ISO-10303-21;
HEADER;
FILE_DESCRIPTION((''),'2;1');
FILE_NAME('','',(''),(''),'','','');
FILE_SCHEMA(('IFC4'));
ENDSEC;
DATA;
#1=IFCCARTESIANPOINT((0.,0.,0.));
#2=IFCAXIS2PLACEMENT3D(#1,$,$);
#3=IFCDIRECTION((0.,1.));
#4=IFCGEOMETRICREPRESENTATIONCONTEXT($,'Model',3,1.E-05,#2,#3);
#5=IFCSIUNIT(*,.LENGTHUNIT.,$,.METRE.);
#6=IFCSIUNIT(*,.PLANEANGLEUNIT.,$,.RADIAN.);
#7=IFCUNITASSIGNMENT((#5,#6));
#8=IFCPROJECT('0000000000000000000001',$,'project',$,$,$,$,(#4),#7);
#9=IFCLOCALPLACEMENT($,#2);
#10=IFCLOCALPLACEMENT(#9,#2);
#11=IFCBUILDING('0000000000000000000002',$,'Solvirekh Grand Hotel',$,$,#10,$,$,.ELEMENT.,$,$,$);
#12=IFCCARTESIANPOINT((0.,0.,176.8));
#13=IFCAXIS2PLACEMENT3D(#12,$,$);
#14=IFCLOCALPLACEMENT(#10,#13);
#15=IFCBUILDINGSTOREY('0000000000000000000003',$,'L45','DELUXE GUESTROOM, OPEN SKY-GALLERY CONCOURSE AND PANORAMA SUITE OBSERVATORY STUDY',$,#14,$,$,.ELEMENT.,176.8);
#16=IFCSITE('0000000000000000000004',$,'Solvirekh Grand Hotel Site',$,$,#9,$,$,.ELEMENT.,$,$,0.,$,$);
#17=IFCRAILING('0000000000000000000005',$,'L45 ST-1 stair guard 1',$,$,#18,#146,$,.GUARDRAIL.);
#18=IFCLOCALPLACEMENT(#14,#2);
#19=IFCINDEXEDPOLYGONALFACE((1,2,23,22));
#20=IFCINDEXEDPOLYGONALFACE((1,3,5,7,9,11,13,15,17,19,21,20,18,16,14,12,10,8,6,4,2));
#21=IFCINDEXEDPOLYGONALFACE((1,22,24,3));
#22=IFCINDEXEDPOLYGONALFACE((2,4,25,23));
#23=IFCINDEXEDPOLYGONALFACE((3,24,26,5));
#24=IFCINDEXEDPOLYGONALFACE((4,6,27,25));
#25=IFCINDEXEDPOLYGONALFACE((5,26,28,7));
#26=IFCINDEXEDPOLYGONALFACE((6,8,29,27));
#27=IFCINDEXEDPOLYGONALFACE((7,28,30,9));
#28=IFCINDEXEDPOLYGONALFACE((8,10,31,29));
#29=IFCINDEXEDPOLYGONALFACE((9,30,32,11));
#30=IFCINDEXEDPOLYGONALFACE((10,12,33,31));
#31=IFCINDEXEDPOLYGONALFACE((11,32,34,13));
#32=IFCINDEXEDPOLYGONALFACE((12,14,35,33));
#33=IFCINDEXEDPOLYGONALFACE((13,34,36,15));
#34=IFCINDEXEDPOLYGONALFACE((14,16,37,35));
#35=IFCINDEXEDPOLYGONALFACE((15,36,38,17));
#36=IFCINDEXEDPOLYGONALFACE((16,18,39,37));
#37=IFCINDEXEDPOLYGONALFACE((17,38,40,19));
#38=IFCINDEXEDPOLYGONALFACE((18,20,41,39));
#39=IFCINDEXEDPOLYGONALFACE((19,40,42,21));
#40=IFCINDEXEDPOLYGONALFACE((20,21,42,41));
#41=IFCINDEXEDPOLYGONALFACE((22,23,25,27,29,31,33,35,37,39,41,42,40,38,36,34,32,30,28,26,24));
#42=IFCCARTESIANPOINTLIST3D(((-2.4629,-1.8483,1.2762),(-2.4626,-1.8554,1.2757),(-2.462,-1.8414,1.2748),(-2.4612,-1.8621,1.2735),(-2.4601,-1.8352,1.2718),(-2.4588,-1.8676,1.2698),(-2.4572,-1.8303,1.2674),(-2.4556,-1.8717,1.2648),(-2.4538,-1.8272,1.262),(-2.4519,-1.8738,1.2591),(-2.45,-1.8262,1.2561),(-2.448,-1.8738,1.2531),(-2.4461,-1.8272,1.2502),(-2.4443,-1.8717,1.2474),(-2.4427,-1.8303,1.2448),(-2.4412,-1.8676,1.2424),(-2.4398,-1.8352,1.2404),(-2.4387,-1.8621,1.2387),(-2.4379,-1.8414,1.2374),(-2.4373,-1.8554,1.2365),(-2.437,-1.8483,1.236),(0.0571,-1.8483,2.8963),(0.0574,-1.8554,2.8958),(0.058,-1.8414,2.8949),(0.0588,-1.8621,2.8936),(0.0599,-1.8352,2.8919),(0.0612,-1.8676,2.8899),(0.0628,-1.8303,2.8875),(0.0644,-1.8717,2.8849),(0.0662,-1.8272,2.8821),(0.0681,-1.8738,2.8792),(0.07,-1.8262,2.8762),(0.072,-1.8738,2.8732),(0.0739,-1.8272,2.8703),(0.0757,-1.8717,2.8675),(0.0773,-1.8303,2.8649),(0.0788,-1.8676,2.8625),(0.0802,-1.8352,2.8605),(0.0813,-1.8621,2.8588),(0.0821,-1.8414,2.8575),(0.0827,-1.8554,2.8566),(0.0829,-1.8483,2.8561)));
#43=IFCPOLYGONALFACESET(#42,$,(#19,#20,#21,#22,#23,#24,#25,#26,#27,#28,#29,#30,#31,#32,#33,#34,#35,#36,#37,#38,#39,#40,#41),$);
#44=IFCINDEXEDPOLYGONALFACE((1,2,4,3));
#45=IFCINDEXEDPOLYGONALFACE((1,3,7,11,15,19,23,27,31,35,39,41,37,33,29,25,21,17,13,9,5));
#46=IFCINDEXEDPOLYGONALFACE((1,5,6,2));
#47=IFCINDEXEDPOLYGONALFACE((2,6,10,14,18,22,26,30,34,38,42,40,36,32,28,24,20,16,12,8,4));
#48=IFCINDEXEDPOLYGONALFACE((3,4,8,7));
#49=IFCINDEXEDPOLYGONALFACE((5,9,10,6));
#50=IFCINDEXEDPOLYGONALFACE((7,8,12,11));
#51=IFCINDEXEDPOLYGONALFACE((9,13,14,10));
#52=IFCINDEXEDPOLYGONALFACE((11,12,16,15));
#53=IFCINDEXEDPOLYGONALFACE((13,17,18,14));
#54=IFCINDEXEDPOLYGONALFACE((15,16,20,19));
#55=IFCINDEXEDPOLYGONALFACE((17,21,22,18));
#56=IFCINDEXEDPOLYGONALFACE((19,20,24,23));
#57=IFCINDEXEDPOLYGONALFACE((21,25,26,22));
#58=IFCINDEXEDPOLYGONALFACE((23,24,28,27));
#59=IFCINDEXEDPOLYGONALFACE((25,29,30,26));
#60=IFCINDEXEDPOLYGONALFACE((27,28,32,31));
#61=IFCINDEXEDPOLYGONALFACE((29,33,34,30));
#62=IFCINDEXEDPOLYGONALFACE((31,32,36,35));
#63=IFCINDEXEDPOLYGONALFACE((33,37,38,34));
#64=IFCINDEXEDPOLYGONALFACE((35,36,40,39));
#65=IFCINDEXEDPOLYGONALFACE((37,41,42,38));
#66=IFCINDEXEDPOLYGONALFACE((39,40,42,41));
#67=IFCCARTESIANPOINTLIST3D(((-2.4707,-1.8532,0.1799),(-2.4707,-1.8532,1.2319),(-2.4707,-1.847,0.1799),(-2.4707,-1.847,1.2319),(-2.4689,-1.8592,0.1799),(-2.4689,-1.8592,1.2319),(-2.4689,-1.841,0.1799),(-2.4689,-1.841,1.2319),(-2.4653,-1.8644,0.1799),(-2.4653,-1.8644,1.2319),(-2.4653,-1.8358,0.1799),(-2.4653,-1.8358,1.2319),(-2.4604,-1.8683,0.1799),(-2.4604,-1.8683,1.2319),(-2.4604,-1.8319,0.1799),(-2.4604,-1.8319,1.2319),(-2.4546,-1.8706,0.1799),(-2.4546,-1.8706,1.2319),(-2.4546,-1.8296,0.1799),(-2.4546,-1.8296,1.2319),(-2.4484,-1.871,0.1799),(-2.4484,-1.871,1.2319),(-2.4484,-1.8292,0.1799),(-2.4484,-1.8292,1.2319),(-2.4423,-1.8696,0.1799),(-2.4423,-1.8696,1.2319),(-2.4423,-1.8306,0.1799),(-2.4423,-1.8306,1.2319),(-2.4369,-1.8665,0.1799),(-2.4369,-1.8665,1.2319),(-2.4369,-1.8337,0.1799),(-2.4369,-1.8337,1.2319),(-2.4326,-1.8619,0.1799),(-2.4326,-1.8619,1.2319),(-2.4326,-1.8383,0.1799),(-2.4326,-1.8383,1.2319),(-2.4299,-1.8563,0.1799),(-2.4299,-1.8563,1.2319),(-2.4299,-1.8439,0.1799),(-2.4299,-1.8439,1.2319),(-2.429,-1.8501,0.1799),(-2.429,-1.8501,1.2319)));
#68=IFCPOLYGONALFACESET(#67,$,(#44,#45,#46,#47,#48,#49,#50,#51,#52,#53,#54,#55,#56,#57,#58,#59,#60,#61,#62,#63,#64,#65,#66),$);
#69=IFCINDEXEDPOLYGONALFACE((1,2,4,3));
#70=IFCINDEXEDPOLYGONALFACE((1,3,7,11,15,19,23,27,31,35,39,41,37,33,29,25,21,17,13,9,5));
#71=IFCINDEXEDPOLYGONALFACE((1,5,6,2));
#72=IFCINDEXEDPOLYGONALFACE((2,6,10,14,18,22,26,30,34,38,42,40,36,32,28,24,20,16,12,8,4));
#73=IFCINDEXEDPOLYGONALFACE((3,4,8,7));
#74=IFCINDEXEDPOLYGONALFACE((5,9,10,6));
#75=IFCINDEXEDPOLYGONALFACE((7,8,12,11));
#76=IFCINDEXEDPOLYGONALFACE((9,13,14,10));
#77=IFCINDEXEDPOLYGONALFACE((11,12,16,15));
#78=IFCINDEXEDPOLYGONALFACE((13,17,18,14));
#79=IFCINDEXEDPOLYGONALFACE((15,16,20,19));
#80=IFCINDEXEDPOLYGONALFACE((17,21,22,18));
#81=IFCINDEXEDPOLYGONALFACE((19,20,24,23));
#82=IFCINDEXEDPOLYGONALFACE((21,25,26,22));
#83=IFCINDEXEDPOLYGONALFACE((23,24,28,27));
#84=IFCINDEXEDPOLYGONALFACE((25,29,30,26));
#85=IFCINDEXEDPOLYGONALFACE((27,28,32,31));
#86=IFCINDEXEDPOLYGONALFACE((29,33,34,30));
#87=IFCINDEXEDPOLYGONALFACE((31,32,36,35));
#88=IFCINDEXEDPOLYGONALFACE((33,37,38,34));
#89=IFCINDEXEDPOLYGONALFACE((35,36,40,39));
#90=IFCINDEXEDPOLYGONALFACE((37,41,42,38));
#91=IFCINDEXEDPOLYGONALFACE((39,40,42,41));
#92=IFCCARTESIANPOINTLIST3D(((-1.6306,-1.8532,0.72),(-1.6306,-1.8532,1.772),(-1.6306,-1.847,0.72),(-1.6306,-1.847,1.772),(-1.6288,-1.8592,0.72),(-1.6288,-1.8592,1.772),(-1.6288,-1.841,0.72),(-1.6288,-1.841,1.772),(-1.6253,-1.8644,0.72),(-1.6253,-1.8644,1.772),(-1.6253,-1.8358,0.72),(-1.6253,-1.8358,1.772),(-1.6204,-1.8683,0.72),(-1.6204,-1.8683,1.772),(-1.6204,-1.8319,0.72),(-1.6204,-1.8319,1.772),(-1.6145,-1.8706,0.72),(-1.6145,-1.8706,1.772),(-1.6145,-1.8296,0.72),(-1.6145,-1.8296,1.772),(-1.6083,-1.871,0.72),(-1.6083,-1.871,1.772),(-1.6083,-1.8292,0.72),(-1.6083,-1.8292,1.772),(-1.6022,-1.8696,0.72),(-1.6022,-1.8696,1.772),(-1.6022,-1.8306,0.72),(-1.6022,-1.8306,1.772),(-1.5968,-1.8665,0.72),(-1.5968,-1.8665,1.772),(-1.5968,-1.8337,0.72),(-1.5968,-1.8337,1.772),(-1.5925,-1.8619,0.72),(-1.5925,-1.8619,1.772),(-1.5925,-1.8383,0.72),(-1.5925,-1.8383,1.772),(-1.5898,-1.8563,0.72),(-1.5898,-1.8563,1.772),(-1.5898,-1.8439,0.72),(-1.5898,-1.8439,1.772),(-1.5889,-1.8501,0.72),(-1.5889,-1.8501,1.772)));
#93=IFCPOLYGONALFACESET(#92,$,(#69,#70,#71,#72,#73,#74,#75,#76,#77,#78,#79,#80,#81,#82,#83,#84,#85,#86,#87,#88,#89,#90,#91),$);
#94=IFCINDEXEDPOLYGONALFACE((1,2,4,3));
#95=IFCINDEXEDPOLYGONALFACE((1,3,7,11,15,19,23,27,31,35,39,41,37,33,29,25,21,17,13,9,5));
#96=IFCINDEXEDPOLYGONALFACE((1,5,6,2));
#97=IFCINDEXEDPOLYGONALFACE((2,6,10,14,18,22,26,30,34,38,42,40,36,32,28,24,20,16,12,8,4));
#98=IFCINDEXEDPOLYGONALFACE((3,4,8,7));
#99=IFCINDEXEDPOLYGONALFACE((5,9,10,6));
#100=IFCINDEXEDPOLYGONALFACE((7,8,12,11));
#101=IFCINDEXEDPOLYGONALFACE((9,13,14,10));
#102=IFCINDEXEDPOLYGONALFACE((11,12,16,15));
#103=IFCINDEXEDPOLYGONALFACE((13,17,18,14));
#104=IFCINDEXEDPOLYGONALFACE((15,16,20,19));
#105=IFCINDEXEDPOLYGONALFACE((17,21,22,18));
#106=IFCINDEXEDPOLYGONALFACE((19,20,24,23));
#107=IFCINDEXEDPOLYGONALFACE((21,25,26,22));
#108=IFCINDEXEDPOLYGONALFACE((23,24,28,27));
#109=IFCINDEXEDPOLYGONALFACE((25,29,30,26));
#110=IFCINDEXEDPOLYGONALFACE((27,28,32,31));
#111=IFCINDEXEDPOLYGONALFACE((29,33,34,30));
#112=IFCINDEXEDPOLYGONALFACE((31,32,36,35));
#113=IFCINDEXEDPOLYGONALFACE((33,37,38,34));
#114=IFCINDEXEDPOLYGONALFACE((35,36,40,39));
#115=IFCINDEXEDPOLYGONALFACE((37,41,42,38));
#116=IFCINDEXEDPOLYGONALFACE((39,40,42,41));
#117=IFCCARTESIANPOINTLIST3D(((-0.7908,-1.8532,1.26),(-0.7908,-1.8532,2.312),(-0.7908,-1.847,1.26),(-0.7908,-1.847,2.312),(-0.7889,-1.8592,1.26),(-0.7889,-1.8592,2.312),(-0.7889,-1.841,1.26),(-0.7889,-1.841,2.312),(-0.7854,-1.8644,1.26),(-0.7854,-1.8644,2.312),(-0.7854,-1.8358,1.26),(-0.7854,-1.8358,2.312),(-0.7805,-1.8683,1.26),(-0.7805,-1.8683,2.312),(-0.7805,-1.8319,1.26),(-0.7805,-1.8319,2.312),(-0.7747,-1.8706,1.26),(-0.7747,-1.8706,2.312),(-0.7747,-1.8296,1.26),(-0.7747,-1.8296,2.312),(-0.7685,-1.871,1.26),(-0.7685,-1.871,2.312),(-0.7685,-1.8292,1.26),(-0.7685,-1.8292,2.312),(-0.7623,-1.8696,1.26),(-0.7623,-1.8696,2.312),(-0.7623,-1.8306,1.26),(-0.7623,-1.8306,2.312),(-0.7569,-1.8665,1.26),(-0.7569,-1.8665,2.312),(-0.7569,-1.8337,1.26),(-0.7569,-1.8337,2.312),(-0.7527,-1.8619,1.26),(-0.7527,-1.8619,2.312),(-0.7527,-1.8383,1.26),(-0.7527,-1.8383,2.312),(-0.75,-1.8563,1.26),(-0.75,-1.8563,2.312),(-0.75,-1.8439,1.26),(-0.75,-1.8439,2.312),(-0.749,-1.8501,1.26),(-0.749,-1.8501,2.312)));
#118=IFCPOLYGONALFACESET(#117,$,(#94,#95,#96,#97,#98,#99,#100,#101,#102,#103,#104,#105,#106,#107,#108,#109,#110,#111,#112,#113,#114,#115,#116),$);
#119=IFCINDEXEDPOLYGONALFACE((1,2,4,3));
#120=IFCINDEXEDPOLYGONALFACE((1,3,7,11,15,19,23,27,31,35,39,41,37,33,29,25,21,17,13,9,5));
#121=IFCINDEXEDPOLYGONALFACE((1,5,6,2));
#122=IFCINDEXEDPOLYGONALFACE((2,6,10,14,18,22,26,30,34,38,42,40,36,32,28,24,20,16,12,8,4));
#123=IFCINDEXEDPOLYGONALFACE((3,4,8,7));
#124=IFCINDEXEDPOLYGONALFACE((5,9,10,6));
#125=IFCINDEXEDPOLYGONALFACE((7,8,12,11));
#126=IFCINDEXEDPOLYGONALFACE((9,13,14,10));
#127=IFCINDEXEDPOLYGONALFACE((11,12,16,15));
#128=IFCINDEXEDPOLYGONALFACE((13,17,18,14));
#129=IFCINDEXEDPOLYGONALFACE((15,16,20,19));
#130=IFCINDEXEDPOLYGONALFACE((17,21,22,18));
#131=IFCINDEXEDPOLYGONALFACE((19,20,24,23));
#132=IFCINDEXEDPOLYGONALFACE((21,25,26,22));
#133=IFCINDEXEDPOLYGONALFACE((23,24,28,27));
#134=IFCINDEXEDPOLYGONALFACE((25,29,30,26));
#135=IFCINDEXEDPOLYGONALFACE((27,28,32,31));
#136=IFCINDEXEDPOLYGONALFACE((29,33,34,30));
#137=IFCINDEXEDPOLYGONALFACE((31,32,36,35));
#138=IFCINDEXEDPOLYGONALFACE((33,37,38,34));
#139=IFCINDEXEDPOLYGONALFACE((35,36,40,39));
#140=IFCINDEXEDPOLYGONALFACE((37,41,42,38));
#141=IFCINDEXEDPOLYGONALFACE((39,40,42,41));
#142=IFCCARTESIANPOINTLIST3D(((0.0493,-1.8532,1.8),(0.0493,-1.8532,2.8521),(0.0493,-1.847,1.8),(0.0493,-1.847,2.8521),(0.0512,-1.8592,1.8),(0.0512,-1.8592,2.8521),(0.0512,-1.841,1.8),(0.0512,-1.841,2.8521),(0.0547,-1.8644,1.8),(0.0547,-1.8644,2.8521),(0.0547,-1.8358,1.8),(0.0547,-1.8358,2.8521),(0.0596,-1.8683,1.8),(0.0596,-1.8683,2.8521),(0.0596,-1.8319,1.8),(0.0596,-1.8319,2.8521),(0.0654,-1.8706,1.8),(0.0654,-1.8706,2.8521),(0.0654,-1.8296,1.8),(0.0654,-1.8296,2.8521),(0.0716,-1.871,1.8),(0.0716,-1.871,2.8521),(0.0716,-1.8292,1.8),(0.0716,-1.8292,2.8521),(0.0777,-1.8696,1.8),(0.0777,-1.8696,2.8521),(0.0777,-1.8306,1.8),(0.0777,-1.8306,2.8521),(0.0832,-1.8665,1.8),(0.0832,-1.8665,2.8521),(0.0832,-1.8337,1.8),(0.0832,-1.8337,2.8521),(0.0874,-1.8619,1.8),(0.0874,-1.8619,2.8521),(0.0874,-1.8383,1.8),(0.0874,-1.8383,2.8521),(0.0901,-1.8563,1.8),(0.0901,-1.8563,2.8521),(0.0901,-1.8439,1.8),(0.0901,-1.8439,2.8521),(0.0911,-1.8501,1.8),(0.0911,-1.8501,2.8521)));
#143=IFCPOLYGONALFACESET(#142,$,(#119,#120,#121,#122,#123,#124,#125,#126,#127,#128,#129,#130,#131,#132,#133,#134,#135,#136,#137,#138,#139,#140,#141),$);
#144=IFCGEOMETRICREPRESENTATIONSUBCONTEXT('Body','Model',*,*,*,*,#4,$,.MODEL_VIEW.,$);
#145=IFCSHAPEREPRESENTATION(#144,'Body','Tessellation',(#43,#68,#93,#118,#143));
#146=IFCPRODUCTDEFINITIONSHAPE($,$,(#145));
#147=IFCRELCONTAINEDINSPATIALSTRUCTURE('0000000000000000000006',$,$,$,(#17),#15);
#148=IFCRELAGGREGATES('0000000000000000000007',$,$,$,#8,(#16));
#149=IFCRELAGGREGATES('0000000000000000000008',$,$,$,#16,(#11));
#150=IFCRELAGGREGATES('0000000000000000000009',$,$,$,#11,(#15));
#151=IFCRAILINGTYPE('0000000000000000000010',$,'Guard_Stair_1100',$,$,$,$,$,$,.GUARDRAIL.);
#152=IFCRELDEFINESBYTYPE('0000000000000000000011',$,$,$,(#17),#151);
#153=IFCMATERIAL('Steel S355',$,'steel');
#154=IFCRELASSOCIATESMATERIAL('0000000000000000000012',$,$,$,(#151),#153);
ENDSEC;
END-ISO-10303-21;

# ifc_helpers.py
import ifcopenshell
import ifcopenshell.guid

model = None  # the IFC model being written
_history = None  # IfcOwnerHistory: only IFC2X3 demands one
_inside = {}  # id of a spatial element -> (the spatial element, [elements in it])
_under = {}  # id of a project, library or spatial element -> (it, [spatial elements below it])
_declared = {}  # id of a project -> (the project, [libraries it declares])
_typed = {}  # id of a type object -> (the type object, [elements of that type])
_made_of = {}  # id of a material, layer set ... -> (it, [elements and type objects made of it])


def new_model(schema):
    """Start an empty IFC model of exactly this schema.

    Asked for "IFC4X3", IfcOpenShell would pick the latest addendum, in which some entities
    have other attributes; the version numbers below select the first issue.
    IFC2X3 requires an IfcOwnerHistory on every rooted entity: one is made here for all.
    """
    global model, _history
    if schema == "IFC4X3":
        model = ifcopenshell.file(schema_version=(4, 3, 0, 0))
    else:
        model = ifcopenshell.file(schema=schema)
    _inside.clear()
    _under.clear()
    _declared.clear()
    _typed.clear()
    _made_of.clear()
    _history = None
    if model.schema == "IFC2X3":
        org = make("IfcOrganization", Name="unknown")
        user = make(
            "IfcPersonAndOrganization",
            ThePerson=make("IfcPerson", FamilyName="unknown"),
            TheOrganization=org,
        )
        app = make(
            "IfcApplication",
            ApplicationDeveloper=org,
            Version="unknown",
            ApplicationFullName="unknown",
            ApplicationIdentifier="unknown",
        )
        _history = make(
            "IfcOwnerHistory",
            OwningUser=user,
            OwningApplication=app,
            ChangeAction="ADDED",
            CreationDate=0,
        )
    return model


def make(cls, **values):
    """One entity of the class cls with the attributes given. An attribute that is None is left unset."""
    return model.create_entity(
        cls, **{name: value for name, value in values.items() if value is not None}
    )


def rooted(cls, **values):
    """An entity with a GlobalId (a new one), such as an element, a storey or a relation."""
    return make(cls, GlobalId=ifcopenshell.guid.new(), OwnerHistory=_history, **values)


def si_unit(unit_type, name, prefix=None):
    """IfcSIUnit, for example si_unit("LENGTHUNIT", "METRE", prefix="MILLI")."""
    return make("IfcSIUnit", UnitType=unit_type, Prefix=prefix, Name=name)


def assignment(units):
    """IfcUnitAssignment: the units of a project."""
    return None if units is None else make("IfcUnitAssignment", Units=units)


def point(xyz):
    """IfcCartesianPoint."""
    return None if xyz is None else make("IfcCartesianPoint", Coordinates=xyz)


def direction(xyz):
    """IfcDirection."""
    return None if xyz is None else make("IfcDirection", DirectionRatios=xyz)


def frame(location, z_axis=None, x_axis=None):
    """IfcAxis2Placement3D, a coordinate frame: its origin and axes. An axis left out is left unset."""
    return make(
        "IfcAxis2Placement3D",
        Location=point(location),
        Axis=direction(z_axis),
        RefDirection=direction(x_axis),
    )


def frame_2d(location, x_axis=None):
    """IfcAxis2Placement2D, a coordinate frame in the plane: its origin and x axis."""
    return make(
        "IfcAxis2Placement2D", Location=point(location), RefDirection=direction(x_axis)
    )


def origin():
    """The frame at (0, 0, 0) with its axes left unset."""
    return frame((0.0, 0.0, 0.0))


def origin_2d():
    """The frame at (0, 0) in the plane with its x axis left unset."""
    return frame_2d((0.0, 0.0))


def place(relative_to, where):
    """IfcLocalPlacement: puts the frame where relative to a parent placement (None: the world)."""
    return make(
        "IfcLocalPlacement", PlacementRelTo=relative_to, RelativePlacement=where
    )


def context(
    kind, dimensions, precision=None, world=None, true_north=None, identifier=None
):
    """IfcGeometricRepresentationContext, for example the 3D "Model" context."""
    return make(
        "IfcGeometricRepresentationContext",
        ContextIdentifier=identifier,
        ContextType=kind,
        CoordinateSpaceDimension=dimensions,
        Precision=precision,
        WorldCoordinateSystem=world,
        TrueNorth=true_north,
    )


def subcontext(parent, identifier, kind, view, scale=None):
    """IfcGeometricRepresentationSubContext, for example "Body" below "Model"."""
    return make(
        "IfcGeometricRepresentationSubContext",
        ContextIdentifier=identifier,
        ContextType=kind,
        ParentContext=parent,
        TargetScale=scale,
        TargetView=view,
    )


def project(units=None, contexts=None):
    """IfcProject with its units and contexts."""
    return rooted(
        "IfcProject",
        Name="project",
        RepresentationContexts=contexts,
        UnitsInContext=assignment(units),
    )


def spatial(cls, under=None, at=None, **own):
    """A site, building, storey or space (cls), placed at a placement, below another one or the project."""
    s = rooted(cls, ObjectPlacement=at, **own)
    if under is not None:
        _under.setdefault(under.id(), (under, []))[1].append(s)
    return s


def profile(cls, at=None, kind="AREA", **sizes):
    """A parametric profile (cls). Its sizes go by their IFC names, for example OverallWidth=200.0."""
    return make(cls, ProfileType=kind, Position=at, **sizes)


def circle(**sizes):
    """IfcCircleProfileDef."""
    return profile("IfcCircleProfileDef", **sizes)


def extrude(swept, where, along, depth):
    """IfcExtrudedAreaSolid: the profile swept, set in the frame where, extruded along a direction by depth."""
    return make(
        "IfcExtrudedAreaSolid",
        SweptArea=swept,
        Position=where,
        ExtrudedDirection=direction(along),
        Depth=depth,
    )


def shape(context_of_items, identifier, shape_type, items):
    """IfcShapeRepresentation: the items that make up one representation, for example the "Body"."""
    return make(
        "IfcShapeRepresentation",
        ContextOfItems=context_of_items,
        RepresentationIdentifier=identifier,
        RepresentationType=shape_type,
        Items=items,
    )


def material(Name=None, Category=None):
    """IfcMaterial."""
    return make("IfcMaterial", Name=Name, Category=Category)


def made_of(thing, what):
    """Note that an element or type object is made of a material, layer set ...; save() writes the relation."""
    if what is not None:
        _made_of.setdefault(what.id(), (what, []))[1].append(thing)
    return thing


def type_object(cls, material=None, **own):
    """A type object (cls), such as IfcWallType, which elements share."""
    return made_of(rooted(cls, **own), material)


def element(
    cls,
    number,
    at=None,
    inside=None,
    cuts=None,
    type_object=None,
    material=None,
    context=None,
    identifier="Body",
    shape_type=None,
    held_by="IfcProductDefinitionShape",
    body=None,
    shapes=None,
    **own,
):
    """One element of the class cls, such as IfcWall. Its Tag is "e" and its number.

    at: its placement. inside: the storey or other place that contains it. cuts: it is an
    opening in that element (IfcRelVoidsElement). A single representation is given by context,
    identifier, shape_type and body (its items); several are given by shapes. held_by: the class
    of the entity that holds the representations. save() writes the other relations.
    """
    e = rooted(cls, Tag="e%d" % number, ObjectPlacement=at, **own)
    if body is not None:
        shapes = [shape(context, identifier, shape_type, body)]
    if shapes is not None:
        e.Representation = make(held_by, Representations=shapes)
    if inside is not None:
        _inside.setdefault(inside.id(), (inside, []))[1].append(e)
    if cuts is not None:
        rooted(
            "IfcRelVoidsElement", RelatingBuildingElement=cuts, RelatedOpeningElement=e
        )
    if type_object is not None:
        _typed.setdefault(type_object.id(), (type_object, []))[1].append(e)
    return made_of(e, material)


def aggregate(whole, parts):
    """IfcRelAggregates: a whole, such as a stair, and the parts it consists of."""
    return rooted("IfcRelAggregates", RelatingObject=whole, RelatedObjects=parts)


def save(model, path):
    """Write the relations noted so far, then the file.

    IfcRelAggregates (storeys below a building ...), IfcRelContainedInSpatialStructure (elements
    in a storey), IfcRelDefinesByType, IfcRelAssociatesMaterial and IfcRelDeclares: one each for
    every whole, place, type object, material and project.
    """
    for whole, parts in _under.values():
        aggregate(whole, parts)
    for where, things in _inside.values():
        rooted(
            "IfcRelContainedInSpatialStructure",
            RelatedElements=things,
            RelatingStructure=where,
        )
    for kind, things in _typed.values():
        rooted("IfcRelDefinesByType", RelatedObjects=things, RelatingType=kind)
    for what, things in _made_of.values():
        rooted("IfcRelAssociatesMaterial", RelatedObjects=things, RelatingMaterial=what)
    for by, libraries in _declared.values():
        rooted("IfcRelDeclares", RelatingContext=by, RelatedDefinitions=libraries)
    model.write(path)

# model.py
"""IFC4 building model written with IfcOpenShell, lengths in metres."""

from ifc_helpers import new_model, si_unit, direction, frame, origin, origin_2d, place, context, subcontext, project, spatial, circle, extrude, material, type_object, element, save


model = new_model("IFC4")

# Units and contexts
model_context = context("Model", 3, precision=1e-05, world=origin(), true_north=direction((0.0, 1.0)))
body_context = subcontext(model_context, "Body", "Model", "MODEL_VIEW")
ifc_project = project(units=[si_unit("LENGTHUNIT", "METRE"), si_unit("PLANEANGLEUNIT", "RADIAN")], contexts=[model_context])

# Site, building, storey
site_placement = place(None, origin())
site = spatial("IfcSite", under=ifc_project, at=site_placement, Name="Solvirekh Grand Hotel Site", CompositionType="ELEMENT", RefElevation=0.0)
building_placement = place(site_placement, origin())
building = spatial("IfcBuilding", under=site, at=building_placement, Name="Solvirekh Grand Hotel", CompositionType="ELEMENT")
storey_placement = place(building_placement, frame((0.0, 0.0, 176.8)))
storey = spatial("IfcBuildingStorey", under=building, at=storey_placement, Name="L45", Description="DELUXE GUESTROOM, OPEN SKY-GALLERY CONCOURSE AND PANORAMA SUITE OBSERVATORY STUDY", CompositionType="ELEMENT", Elevation=176.8)

# Shared definitions
ifc_material_1 = material(Name="Steel S355", Category="steel")

# Railing
railing_type_1 = type_object("IfcRailingType", Name="Guard_Stair_1100", PredefinedType="GUARDRAIL", material=ifc_material_1)
railing_1_placement = place(storey_placement, frame((-2.45, -1.8501, 0.1799)))
element("IfcRailing", 1, at=railing_1_placement, inside=storey, type_object=railing_type_1, Name="L45 ST-1 stair guard 1", PredefinedType="GUARDRAIL", context=body_context, shape_type="SweptSolid", body=[
    extrude(circle(Radius=0.0239, at=origin_2d()), frame((0.0, 0.0, 1.0762), z_axis=(0.841163, 0.0, 0.540782), x_axis=(0.0, 1.0, 0.0)), (0.0, 0.0, 1.0), 2.9958),
    extrude(circle(Radius=0.021, at=origin_2d()), origin(), (0.0, 0.0, 1.0), 1.052),
    extrude(circle(Radius=0.021, at=origin_2d()), frame((0.8401, 0.0, 0.54)), (0.0, 0.0, 1.0), 1.052),
    extrude(circle(Radius=0.021, at=origin_2d()), frame((1.6799, 0.0, 1.0801)), (0.0, 0.0, 1.0), 1.052),
    extrude(circle(Radius=0.021, at=origin_2d()), frame((2.52, 0.0, 1.6201)), (0.0, 0.0, 1.0), 1.052),
])

save(model, "model.ifc")
